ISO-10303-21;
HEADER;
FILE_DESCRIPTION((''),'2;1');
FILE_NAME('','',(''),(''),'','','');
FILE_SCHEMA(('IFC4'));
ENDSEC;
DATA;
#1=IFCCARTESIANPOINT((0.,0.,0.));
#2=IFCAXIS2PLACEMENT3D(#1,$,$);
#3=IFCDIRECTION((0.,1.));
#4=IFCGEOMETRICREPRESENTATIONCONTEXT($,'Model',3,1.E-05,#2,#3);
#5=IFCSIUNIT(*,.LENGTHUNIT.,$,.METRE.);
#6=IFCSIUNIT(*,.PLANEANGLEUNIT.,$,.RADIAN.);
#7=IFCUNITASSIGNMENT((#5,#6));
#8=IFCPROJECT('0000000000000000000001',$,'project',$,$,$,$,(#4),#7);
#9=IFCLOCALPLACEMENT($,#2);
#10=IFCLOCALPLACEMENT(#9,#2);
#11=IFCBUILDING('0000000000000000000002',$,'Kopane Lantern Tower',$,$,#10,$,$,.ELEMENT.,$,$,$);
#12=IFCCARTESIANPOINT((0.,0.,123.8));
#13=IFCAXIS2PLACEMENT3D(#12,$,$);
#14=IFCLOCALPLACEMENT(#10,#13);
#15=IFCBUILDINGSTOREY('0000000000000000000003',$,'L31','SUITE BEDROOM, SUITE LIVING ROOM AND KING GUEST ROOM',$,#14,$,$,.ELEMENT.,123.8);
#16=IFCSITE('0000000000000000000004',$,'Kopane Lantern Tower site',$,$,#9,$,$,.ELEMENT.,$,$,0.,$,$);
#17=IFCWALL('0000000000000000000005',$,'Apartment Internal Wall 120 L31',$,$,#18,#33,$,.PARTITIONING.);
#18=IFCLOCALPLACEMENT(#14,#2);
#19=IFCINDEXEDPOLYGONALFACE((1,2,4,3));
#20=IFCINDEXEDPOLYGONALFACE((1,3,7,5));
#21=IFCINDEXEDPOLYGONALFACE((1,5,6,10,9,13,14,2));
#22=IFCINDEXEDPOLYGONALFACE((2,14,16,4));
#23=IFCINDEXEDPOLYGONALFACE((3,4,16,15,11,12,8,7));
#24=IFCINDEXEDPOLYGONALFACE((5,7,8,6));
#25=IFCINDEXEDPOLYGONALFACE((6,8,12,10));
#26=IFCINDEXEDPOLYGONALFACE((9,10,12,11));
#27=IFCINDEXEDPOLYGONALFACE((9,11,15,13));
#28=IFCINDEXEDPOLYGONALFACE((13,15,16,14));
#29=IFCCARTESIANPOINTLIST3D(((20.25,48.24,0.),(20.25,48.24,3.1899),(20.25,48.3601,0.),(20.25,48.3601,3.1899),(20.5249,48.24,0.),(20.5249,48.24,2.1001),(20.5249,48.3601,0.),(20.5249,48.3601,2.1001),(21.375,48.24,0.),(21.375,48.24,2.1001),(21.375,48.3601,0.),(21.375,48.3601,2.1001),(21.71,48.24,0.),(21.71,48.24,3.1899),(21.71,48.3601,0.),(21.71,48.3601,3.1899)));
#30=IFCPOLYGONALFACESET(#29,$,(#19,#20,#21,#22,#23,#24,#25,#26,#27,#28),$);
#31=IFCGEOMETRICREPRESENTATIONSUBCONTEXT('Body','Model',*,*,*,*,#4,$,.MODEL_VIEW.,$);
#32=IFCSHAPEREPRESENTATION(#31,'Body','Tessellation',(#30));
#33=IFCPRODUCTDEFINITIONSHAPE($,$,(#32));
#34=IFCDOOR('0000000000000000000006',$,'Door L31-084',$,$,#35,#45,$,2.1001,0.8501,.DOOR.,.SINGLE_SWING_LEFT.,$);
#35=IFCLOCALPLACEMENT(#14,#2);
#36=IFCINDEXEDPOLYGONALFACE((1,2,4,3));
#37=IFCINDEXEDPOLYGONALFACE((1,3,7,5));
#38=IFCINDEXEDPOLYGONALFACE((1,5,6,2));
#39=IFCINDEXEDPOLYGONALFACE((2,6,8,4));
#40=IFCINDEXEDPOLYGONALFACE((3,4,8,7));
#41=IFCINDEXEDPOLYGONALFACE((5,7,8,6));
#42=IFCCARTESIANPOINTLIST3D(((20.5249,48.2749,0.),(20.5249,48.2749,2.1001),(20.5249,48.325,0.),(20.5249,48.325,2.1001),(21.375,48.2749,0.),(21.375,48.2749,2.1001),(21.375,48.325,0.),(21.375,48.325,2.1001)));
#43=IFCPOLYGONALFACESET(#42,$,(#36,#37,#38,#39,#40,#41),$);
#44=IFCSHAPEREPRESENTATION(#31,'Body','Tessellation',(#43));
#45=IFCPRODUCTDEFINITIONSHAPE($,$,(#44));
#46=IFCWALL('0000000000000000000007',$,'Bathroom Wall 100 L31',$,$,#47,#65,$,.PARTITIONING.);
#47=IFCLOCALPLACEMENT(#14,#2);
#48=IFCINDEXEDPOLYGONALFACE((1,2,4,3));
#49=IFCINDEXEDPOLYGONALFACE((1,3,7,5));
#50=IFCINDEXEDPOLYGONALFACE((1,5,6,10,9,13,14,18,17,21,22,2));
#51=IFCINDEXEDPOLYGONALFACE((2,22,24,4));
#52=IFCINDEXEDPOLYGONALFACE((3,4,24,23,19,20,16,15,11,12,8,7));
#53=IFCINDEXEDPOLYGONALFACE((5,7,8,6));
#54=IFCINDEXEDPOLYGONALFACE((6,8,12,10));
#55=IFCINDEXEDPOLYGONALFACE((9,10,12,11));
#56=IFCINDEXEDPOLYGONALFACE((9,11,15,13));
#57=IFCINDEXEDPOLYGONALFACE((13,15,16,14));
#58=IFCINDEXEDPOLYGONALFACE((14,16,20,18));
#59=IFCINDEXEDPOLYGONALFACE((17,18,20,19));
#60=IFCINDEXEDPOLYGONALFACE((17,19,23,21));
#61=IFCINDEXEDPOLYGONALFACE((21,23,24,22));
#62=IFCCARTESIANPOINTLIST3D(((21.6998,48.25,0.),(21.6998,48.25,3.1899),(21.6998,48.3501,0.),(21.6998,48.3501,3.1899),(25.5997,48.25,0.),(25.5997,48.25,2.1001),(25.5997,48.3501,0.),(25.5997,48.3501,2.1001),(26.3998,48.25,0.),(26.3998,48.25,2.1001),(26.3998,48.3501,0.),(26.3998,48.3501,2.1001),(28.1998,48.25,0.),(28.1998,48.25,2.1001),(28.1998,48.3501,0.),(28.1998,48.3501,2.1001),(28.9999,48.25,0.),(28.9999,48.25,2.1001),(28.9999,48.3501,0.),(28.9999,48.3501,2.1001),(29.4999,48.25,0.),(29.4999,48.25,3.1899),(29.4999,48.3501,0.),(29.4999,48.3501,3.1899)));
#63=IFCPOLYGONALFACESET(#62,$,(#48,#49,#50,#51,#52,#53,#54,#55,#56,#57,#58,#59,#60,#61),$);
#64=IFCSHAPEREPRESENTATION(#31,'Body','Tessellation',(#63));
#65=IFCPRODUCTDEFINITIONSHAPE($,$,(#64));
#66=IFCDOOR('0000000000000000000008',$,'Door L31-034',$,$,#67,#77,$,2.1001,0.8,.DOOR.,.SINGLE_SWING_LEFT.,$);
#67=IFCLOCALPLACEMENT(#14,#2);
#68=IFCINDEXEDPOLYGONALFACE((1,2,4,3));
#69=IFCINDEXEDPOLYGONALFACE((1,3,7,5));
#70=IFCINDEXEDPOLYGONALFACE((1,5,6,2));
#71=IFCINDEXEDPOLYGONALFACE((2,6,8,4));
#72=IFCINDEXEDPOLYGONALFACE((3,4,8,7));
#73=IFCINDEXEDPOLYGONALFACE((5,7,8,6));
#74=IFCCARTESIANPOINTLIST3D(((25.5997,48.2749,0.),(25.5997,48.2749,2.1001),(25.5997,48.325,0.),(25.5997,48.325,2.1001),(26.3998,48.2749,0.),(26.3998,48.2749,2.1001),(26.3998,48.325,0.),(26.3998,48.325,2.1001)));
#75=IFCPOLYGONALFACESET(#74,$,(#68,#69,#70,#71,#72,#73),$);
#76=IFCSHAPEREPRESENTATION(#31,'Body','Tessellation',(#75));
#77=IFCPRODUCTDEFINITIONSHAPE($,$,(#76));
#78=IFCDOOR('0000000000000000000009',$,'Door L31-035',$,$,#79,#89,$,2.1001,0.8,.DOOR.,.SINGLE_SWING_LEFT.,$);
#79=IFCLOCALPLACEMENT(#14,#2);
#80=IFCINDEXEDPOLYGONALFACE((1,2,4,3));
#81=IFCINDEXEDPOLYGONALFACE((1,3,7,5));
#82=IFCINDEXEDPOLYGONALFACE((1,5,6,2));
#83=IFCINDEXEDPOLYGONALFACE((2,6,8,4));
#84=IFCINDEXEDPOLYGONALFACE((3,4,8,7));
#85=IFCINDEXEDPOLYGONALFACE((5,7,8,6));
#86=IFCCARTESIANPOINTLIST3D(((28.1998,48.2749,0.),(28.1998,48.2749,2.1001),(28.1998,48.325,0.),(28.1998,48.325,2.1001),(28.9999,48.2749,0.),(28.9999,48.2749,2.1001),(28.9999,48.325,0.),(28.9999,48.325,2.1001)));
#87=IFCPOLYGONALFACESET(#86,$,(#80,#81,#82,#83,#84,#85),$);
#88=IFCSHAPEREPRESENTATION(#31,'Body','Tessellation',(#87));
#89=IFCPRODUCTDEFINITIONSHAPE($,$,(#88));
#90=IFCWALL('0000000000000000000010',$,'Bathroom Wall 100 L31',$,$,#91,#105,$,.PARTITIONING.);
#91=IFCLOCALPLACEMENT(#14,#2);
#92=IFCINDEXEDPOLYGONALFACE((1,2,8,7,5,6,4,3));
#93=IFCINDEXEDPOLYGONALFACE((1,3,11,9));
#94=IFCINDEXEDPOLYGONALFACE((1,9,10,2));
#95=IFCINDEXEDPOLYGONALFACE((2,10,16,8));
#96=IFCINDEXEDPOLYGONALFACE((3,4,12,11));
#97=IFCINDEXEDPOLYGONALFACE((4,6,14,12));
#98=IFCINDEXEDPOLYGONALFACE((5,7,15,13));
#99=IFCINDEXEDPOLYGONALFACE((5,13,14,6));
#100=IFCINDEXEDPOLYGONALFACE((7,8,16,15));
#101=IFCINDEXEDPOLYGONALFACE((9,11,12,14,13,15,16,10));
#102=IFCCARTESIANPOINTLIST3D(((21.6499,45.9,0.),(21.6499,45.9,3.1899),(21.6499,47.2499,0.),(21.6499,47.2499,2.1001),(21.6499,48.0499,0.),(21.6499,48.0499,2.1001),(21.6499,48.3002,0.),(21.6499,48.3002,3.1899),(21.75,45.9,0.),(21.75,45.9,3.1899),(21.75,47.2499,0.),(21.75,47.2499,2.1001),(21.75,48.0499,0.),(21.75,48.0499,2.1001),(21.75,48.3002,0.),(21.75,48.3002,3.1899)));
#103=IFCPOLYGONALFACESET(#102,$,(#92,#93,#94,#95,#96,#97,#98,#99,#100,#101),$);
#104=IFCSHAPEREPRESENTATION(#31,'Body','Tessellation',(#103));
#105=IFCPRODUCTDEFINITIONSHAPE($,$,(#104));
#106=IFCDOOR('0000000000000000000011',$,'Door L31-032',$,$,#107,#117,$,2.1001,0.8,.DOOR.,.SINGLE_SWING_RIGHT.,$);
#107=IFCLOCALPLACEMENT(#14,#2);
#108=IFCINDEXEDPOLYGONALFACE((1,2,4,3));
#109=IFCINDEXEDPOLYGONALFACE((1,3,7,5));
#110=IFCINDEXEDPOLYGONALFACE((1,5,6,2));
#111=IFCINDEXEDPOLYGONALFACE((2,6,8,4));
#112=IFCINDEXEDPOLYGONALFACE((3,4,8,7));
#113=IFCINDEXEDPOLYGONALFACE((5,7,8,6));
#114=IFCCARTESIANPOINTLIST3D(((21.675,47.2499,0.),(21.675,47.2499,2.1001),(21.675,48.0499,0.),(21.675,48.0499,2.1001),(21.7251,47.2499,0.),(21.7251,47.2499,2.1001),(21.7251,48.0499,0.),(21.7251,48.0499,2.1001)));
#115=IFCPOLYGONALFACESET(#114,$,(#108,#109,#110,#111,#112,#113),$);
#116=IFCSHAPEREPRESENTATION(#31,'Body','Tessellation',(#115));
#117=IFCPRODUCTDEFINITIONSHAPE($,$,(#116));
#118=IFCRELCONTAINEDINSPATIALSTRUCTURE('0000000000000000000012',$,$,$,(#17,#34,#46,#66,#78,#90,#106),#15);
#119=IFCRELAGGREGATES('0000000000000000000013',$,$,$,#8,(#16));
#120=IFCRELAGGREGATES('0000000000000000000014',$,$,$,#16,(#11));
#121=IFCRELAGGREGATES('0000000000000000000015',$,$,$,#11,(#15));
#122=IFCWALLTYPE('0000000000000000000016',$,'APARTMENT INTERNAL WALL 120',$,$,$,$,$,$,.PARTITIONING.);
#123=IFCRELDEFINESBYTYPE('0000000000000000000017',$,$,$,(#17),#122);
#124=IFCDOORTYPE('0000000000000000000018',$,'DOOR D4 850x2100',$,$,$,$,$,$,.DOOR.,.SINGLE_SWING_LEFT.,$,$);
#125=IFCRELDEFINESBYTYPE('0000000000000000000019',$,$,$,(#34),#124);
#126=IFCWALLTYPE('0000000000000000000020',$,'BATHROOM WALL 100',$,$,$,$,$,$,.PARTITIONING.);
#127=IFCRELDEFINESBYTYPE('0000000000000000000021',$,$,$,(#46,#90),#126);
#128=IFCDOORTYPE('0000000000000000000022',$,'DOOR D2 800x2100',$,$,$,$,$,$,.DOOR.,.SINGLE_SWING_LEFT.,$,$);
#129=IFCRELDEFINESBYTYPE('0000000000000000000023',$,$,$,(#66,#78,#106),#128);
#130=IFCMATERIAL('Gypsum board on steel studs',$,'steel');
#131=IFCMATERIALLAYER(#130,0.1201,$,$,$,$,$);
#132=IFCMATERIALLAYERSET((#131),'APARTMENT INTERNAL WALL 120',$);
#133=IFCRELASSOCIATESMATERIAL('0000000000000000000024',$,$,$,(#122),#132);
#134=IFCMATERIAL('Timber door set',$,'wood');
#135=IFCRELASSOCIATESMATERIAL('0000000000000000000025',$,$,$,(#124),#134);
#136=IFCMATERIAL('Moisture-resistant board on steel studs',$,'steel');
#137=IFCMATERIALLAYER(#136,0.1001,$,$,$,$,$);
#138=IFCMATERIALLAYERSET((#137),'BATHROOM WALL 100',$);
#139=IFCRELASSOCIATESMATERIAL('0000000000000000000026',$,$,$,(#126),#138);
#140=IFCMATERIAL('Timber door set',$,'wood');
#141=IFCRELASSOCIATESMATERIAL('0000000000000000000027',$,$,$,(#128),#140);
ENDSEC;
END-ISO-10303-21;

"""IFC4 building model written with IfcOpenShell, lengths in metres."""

from ifc_helpers import new_model, si_unit, direction, frame, frame_2d, origin, place, context, subcontext, project, spatial, rectangle, extrude, material, layer, layer_set, type_object, element, fill, save


model = new_model("IFC4")

# Units and contexts
model_context = context("Model", 3, precision=1e-05, world=origin(), true_north=direction((0.0, 1.0)))
body_context = subcontext(model_context, "Body", "Model", "MODEL_VIEW")
ifc_project = project(units=[si_unit("LENGTHUNIT", "METRE"), si_unit("PLANEANGLEUNIT", "RADIAN")], contexts=[model_context])

# Site, building, storey
site_placement = place(None, origin())
site = spatial("IfcSite", under=ifc_project, at=site_placement, Name="Kopane Lantern Tower site", CompositionType="ELEMENT", RefElevation=0.0)
building_placement = place(site_placement, origin())
building = spatial("IfcBuilding", under=site, at=building_placement, Name="Kopane Lantern Tower", CompositionType="ELEMENT")
storey_placement = place(building_placement, frame((0.0, 0.0, 123.8)))
storey = spatial("IfcBuildingStorey", under=building, at=storey_placement, Name="L31", Description="SUITE BEDROOM, SUITE LIVING ROOM AND KING GUEST ROOM", CompositionType="ELEMENT", Elevation=123.8)

# Wall, opening, door
ifc_material_1 = material(Name="Gypsum board on steel studs", Category="steel")
ifc_layer_1 = layer(ifc_material_1, 0.1201)
ifc_layer_set_1 = layer_set([ifc_layer_1], Name="APARTMENT INTERNAL WALL 120")
wall_type_1 = type_object("IfcWallType", Name="APARTMENT INTERNAL WALL 120", PredefinedType="PARTITIONING", material=ifc_layer_set_1)
wall_1_placement = place(storey_placement, frame((20.25, 48.3, 0.0), z_axis=(0.0, 0.0, 1.0), x_axis=(1.0, 0.0, 0.0)))
wall_1 = element("IfcWall", 1, at=wall_1_placement, inside=storey, type_object=wall_type_1, Name="Apartment Internal Wall 120 L31", PredefinedType="PARTITIONING", context=body_context, shape_type="SweptSolid", body=[
    extrude(rectangle(XDim=1.46, YDim=0.1201, at=frame_2d((0.73, 0.0))), origin(), (0.0, 0.0, 1.0), 3.1899),
])
opening_1_placement = place(wall_1_placement, frame((0.2749, 0.0, 0.0)))
opening_1 = element("IfcOpeningElement", 2, at=opening_1_placement, cuts=wall_1, PredefinedType="OPENING", context=body_context, shape_type="SweptSolid", body=[
    extrude(rectangle(XDim=0.8501, YDim=2.1001, at=frame_2d((0.425, 1.05))), frame((0.0, 0.0701, 0.0), z_axis=(0.0, -1.0, 0.0), x_axis=(1.0, 0.0, 0.0)), (0.0, 0.0, 1.0), 0.1401),
])
ifc_material_2 = material(Name="Timber door set", Category="wood")
door_type_1 = type_object("IfcDoorType", Name="DOOR D4 850x2100", OperationType="SINGLE_SWING_LEFT", PredefinedType="DOOR", material=ifc_material_2)
door_1_placement = place(opening_1_placement, origin())
door_1 = element("IfcDoor", 3, at=door_1_placement, inside=storey, type_object=door_type_1, Name="Door L31-084", OperationType="SINGLE_SWING_LEFT", OverallHeight=2.1001, OverallWidth=0.8501, PredefinedType="DOOR", context=body_context, shape_type="SweptSolid", body=[
    extrude(rectangle(XDim=0.8501, YDim=2.1001, at=frame_2d((0.425, 1.05))), frame((0.0, 0.0249, 0.0), z_axis=(0.0, -1.0, 0.0), x_axis=(1.0, 0.0, 0.0)), (0.0, 0.0, 1.0), 0.05),
])
fill(opening_1, door_1)

# Wall, openings, doors
ifc_material_3 = material(Name="Moisture-resistant board on steel studs", Category="steel")
ifc_layer_2 = layer(ifc_material_3, 0.1001)
ifc_layer_set_2 = layer_set([ifc_layer_2], Name="BATHROOM WALL 100")
wall_type_2 = type_object("IfcWallType", Name="BATHROOM WALL 100", PredefinedType="PARTITIONING", material=ifc_layer_set_2)
wall_2_placement = place(storey_placement, frame((21.7, 48.3, 0.0), z_axis=(0.0, 0.0, 1.0), x_axis=(1.0, 0.0, 0.0)))
wall_2 = element("IfcWall", 4, at=wall_2_placement, inside=storey, type_object=wall_type_2, Name="Bathroom Wall 100 L31", PredefinedType="PARTITIONING", context=body_context, shape_type="SweptSolid", body=[
    extrude(rectangle(XDim=7.8, YDim=0.1001, at=frame_2d((3.8999, 0.0))), origin(), (0.0, 0.0, 1.0), 3.1899),
])
opening_2_placement = place(wall_2_placement, frame((3.8999, 0.0, 0.0)))
opening_2 = element("IfcOpeningElement", 5, at=opening_2_placement, cuts=wall_2, PredefinedType="OPENING", context=body_context, shape_type="SweptSolid", body=[
    extrude(rectangle(XDim=0.8, YDim=2.1001, at=frame_2d((0.3999, 1.05))), frame((0.0, 0.0601, 0.0), z_axis=(0.0, -1.0, 0.0), x_axis=(1.0, 0.0, 0.0)), (0.0, 0.0, 1.0), 0.1201),
])
opening_3_placement = place(wall_2_placement, frame((6.5, 0.0, 0.0)))
opening_3 = element("IfcOpeningElement", 6, at=opening_3_placement, cuts=wall_2, PredefinedType="OPENING", context=body_context, shape_type="SweptSolid", body=[
    extrude(rectangle(XDim=0.8, YDim=2.1001, at=frame_2d((0.3999, 1.05))), frame((0.0, 0.0601, 0.0), z_axis=(0.0, -1.0, 0.0), x_axis=(1.0, 0.0, 0.0)), (0.0, 0.0, 1.0), 0.1201),
])
ifc_material_4 = material(Name="Timber door set", Category="wood")
door_type_2 = type_object("IfcDoorType", Name="DOOR D2 800x2100", OperationType="SINGLE_SWING_LEFT", PredefinedType="DOOR", material=ifc_material_4)
door_2_placement = place(opening_2_placement, origin())
door_2 = element("IfcDoor", 7, at=door_2_placement, inside=storey, type_object=door_type_2, Name="Door L31-034", OperationType="SINGLE_SWING_LEFT", OverallHeight=2.1001, OverallWidth=0.8, PredefinedType="DOOR", context=body_context, shape_type="SweptSolid", body=[
    extrude(rectangle(XDim=0.8, YDim=2.1001, at=frame_2d((0.3999, 1.05))), frame((0.0, 0.0249, 0.0), z_axis=(0.0, -1.0, 0.0), x_axis=(1.0, 0.0, 0.0)), (0.0, 0.0, 1.0), 0.05),
])
fill(opening_2, door_2)
door_3_placement = place(opening_3_placement, origin())
door_3 = element("IfcDoor", 8, at=door_3_placement, inside=storey, type_object=door_type_2, Name="Door L31-035", OperationType="SINGLE_SWING_LEFT", OverallHeight=2.1001, OverallWidth=0.8, PredefinedType="DOOR", context=body_context, shape_type="SweptSolid", body=[
    extrude(rectangle(XDim=0.8, YDim=2.1001, at=frame_2d((0.3999, 1.05))), frame((0.0, 0.0249, 0.0), z_axis=(0.0, -1.0, 0.0), x_axis=(1.0, 0.0, 0.0)), (0.0, 0.0, 1.0), 0.05),
])
fill(opening_3, door_3)

# Wall, opening, door
wall_3_placement = place(storey_placement, frame((21.7, 45.8999, 0.0), z_axis=(0.0, 0.0, 1.0), x_axis=(0.0, 1.0, 0.0)))
wall_3 = element("IfcWall", 9, at=wall_3_placement, inside=storey, type_object=wall_type_2, Name="Bathroom Wall 100 L31", PredefinedType="PARTITIONING", context=body_context, shape_type="SweptSolid", body=[
    extrude(rectangle(XDim=2.4001, YDim=0.1001, at=frame_2d((1.2002, 0.0))), origin(), (0.0, 0.0, 1.0), 3.1899),
])
opening_4_placement = place(wall_3_placement, frame((1.3501, 0.0, 0.0)))
opening_4 = element("IfcOpeningElement", 10, at=opening_4_placement, cuts=wall_3, PredefinedType="OPENING", context=body_context, shape_type="SweptSolid", body=[
    extrude(rectangle(XDim=0.8, YDim=2.1001, at=frame_2d((0.3999, 1.05))), frame((0.0, 0.0601, 0.0), z_axis=(0.0, -1.0, 0.0), x_axis=(1.0, 0.0, 0.0)), (0.0, 0.0, 1.0), 0.1201),
])
door_4_placement = place(opening_4_placement, origin())
door_4 = element("IfcDoor", 11, at=door_4_placement, inside=storey, type_object=door_type_2, Name="Door L31-032", OperationType="SINGLE_SWING_RIGHT", OverallHeight=2.1001, OverallWidth=0.8, PredefinedType="DOOR", context=body_context, shape_type="SweptSolid", body=[
    extrude(rectangle(XDim=0.8, YDim=2.1001, at=frame_2d((0.3999, 1.05))), frame((0.0, 0.0249, 0.0), z_axis=(0.0, -1.0, 0.0), x_axis=(1.0, 0.0, 0.0)), (0.0, 0.0, 1.0), 0.05),
])
fill(opening_4, door_4)

save(model, "model.ifc")
